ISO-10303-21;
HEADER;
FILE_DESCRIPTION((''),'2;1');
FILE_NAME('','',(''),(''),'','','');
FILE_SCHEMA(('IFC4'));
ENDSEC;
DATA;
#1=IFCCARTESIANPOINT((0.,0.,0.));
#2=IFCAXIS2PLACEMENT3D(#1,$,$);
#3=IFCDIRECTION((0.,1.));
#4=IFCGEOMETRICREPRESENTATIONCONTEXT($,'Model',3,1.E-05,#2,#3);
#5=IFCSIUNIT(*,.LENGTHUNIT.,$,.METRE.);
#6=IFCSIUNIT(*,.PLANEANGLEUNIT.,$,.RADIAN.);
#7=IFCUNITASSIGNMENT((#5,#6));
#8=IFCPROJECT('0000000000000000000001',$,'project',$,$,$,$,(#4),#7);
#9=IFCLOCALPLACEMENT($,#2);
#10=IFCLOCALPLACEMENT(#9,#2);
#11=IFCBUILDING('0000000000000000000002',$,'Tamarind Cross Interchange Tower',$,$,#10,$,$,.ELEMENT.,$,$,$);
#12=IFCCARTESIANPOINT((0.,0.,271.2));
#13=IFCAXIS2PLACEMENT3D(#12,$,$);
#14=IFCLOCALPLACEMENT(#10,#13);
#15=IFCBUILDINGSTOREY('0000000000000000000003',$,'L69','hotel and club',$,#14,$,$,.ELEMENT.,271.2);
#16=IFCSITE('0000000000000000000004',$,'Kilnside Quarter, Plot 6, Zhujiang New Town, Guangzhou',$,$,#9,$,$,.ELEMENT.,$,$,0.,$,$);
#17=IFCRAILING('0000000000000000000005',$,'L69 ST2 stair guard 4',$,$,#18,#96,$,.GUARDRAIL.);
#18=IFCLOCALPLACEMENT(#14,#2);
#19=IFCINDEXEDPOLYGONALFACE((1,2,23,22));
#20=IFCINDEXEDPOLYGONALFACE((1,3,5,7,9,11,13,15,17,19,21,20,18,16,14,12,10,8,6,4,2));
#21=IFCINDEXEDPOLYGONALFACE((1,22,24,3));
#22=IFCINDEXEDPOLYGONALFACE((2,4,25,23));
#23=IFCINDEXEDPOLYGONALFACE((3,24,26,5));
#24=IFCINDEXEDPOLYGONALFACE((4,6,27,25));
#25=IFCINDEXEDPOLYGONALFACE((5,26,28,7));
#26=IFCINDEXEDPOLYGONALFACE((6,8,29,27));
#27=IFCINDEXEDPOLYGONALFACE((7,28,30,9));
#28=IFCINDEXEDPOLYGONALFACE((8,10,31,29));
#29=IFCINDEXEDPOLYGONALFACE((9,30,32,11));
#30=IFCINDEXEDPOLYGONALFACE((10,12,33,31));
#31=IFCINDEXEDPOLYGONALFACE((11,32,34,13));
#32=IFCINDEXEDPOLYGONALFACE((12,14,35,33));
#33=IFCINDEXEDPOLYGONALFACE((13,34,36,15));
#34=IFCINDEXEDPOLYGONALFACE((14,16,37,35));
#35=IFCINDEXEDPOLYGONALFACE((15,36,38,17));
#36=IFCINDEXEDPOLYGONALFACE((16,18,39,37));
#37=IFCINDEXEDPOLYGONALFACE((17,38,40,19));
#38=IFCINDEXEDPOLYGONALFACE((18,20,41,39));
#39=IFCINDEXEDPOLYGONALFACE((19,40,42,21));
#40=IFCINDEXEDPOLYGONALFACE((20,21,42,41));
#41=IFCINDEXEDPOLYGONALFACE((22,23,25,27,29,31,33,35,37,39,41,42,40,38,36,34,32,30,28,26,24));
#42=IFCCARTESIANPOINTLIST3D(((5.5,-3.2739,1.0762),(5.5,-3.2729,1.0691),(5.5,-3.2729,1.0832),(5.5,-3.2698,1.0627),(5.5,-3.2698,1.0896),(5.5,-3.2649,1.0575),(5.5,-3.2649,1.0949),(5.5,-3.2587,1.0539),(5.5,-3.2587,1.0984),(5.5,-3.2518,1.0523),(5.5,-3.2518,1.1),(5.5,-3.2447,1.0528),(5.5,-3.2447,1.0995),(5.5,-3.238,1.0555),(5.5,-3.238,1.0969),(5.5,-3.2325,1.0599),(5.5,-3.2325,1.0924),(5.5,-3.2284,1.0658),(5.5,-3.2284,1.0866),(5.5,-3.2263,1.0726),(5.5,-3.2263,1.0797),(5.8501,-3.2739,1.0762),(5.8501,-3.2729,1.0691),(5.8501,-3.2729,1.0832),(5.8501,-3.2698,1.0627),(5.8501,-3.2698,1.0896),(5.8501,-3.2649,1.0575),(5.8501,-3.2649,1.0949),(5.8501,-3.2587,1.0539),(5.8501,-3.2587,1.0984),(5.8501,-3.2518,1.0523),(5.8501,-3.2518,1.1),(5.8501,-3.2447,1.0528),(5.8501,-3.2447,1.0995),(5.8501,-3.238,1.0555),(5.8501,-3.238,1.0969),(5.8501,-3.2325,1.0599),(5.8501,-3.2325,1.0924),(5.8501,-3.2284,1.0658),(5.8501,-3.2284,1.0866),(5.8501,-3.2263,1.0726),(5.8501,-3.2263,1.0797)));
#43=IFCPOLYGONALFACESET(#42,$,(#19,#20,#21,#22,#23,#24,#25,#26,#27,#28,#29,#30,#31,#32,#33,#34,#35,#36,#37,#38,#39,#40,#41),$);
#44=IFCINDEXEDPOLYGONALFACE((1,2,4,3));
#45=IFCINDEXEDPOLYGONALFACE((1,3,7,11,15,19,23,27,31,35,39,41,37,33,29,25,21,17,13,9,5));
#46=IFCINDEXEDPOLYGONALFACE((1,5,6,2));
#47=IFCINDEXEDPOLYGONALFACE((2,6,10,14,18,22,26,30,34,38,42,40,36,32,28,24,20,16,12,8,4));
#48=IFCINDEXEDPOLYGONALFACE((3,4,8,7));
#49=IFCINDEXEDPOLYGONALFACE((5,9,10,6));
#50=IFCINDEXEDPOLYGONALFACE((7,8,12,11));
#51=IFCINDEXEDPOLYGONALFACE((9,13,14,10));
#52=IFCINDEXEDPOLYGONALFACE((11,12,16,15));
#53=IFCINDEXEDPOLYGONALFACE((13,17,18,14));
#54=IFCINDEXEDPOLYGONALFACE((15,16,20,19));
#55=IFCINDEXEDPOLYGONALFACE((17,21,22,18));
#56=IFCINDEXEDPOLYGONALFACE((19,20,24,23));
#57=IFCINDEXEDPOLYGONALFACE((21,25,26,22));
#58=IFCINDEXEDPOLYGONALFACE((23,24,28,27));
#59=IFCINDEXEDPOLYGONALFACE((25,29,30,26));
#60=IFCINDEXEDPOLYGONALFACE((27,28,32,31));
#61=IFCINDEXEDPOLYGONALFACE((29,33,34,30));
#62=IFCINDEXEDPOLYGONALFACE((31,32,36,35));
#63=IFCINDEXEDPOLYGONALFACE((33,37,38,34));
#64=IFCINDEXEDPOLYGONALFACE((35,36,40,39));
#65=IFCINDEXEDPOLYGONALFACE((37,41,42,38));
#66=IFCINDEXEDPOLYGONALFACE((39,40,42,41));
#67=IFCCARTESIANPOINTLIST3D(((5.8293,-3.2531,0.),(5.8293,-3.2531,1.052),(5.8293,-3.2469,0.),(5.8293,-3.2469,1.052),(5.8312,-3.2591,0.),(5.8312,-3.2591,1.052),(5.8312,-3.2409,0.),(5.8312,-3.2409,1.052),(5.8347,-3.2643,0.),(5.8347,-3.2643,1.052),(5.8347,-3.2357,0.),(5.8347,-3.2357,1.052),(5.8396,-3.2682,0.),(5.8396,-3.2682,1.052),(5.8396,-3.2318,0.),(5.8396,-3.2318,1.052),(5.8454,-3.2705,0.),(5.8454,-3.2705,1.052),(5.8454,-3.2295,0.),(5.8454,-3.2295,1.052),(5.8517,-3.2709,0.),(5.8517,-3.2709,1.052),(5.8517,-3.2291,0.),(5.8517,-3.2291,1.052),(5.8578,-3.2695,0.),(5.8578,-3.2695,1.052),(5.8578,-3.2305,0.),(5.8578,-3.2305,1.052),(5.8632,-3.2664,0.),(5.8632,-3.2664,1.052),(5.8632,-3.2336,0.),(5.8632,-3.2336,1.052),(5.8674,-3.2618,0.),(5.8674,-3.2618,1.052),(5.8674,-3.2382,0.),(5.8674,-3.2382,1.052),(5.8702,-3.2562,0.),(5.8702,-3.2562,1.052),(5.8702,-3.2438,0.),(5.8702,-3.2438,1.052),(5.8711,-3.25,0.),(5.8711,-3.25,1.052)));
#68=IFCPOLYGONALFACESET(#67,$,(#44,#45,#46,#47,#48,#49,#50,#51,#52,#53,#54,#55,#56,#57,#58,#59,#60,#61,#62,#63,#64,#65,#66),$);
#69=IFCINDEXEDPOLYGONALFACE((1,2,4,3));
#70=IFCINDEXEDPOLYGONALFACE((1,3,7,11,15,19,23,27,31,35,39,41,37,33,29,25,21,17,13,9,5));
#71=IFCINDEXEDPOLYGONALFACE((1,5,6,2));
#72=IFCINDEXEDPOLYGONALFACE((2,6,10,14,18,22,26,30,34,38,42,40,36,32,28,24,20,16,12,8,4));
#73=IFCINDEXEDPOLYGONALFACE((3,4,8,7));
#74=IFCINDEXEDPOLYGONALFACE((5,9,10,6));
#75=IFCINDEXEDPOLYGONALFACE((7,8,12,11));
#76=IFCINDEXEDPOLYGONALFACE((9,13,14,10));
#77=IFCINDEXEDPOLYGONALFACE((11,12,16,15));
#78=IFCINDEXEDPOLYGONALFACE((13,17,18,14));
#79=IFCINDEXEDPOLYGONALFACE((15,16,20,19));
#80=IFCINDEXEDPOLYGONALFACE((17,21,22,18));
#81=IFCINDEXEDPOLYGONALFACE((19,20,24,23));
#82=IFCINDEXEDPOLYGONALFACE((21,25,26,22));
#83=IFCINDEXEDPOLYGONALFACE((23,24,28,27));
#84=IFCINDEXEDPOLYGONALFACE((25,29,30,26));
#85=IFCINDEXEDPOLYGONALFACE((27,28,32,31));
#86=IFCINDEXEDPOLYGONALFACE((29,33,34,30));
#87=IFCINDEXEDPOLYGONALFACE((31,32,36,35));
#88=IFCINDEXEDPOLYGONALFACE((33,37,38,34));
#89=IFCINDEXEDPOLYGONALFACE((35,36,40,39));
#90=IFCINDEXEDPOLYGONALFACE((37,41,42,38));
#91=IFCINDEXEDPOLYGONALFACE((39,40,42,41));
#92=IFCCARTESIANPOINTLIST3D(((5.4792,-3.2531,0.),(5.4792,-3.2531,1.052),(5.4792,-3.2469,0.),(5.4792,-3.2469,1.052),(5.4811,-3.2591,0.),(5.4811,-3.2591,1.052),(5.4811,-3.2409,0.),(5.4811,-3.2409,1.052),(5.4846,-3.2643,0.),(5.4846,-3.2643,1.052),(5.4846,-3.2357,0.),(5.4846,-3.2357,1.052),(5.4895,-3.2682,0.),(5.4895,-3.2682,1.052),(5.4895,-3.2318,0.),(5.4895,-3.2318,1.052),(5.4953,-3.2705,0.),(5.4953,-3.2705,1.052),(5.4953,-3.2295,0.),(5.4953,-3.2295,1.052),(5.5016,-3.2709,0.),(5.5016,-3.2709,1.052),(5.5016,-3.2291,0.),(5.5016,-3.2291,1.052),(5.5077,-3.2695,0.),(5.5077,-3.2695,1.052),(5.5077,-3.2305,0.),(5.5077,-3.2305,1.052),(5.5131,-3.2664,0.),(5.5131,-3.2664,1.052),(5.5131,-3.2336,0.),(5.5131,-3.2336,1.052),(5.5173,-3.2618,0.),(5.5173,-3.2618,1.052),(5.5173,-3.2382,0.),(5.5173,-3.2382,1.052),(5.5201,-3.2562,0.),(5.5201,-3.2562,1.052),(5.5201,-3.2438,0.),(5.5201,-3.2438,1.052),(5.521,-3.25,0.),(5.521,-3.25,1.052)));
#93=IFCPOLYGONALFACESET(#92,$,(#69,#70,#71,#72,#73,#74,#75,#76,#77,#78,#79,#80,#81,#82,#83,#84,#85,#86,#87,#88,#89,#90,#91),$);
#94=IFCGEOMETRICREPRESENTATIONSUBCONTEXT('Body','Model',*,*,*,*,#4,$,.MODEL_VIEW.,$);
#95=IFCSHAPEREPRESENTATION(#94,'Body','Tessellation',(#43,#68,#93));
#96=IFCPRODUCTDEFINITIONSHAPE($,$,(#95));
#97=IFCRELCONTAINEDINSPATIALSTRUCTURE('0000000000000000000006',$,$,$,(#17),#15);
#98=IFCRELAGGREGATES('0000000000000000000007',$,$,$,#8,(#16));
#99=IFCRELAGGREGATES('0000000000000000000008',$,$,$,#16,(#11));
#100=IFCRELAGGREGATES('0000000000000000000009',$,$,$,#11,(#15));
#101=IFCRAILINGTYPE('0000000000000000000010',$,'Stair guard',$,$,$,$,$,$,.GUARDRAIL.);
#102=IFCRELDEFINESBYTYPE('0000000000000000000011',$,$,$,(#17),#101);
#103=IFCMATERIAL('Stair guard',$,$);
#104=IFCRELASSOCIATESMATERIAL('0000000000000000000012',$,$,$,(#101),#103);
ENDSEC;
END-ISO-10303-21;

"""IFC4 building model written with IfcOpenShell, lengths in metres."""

from ifc_helpers import new_model, si_unit, direction, frame, origin, origin_2d, place, context, subcontext, project, spatial, circle, extrude, material, type_object, element, save


model = new_model("IFC4")

# Units and contexts
model_context = context("Model", 3, precision=1e-05, world=origin(), true_north=direction((0.0, 1.0)))
body_context = subcontext(model_context, "Body", "Model", "MODEL_VIEW")
ifc_project = project(units=[si_unit("LENGTHUNIT", "METRE"), si_unit("PLANEANGLEUNIT", "RADIAN")], contexts=[model_context])

# Site, building, storey
site_placement = place(None, origin())
site = spatial("IfcSite", under=ifc_project, at=site_placement, Name="Kilnside Quarter, Plot 6, Zhujiang New Town, Guangzhou", CompositionType="ELEMENT", RefElevation=0.0)
building_placement = place(site_placement, origin())
building = spatial("IfcBuilding", under=site, at=building_placement, Name="Tamarind Cross Interchange Tower", CompositionType="ELEMENT")
storey_placement = place(building_placement, frame((0.0, 0.0, 271.2)))
storey = spatial("IfcBuildingStorey", under=building, at=storey_placement, Name="L69", Description="hotel and club", CompositionType="ELEMENT", Elevation=271.2)

# Railing
ifc_material_1 = material(Name="Stair guard")
railing_type_1 = type_object("IfcRailingType", Name="Stair guard", PredefinedType="GUARDRAIL", material=ifc_material_1)
railing_1_placement = place(storey_placement, frame((5.8501, -3.25, 0.0)))
element("IfcRailing", 1, at=railing_1_placement, inside=storey, type_object=railing_type_1, Name="L69 ST2 stair guard 4", PredefinedType="GUARDRAIL", context=body_context, shape_type="SweptSolid", body=[
    extrude(circle(Radius=0.0239, at=origin_2d()), frame((0.0, 0.0, 1.0762), z_axis=(-1.0, 0.0, 0.0), x_axis=(0.0, -1.0, 0.0)), (0.0, 0.0, 1.0), 0.3501),
    extrude(circle(Radius=0.021, at=origin_2d()), origin(), (0.0, 0.0, 1.0), 1.052),
    extrude(circle(Radius=0.021, at=origin_2d()), frame((-0.3501, 0.0, 0.0)), (0.0, 0.0, 1.0), 1.052),
])

save(model, "model.ifc")
